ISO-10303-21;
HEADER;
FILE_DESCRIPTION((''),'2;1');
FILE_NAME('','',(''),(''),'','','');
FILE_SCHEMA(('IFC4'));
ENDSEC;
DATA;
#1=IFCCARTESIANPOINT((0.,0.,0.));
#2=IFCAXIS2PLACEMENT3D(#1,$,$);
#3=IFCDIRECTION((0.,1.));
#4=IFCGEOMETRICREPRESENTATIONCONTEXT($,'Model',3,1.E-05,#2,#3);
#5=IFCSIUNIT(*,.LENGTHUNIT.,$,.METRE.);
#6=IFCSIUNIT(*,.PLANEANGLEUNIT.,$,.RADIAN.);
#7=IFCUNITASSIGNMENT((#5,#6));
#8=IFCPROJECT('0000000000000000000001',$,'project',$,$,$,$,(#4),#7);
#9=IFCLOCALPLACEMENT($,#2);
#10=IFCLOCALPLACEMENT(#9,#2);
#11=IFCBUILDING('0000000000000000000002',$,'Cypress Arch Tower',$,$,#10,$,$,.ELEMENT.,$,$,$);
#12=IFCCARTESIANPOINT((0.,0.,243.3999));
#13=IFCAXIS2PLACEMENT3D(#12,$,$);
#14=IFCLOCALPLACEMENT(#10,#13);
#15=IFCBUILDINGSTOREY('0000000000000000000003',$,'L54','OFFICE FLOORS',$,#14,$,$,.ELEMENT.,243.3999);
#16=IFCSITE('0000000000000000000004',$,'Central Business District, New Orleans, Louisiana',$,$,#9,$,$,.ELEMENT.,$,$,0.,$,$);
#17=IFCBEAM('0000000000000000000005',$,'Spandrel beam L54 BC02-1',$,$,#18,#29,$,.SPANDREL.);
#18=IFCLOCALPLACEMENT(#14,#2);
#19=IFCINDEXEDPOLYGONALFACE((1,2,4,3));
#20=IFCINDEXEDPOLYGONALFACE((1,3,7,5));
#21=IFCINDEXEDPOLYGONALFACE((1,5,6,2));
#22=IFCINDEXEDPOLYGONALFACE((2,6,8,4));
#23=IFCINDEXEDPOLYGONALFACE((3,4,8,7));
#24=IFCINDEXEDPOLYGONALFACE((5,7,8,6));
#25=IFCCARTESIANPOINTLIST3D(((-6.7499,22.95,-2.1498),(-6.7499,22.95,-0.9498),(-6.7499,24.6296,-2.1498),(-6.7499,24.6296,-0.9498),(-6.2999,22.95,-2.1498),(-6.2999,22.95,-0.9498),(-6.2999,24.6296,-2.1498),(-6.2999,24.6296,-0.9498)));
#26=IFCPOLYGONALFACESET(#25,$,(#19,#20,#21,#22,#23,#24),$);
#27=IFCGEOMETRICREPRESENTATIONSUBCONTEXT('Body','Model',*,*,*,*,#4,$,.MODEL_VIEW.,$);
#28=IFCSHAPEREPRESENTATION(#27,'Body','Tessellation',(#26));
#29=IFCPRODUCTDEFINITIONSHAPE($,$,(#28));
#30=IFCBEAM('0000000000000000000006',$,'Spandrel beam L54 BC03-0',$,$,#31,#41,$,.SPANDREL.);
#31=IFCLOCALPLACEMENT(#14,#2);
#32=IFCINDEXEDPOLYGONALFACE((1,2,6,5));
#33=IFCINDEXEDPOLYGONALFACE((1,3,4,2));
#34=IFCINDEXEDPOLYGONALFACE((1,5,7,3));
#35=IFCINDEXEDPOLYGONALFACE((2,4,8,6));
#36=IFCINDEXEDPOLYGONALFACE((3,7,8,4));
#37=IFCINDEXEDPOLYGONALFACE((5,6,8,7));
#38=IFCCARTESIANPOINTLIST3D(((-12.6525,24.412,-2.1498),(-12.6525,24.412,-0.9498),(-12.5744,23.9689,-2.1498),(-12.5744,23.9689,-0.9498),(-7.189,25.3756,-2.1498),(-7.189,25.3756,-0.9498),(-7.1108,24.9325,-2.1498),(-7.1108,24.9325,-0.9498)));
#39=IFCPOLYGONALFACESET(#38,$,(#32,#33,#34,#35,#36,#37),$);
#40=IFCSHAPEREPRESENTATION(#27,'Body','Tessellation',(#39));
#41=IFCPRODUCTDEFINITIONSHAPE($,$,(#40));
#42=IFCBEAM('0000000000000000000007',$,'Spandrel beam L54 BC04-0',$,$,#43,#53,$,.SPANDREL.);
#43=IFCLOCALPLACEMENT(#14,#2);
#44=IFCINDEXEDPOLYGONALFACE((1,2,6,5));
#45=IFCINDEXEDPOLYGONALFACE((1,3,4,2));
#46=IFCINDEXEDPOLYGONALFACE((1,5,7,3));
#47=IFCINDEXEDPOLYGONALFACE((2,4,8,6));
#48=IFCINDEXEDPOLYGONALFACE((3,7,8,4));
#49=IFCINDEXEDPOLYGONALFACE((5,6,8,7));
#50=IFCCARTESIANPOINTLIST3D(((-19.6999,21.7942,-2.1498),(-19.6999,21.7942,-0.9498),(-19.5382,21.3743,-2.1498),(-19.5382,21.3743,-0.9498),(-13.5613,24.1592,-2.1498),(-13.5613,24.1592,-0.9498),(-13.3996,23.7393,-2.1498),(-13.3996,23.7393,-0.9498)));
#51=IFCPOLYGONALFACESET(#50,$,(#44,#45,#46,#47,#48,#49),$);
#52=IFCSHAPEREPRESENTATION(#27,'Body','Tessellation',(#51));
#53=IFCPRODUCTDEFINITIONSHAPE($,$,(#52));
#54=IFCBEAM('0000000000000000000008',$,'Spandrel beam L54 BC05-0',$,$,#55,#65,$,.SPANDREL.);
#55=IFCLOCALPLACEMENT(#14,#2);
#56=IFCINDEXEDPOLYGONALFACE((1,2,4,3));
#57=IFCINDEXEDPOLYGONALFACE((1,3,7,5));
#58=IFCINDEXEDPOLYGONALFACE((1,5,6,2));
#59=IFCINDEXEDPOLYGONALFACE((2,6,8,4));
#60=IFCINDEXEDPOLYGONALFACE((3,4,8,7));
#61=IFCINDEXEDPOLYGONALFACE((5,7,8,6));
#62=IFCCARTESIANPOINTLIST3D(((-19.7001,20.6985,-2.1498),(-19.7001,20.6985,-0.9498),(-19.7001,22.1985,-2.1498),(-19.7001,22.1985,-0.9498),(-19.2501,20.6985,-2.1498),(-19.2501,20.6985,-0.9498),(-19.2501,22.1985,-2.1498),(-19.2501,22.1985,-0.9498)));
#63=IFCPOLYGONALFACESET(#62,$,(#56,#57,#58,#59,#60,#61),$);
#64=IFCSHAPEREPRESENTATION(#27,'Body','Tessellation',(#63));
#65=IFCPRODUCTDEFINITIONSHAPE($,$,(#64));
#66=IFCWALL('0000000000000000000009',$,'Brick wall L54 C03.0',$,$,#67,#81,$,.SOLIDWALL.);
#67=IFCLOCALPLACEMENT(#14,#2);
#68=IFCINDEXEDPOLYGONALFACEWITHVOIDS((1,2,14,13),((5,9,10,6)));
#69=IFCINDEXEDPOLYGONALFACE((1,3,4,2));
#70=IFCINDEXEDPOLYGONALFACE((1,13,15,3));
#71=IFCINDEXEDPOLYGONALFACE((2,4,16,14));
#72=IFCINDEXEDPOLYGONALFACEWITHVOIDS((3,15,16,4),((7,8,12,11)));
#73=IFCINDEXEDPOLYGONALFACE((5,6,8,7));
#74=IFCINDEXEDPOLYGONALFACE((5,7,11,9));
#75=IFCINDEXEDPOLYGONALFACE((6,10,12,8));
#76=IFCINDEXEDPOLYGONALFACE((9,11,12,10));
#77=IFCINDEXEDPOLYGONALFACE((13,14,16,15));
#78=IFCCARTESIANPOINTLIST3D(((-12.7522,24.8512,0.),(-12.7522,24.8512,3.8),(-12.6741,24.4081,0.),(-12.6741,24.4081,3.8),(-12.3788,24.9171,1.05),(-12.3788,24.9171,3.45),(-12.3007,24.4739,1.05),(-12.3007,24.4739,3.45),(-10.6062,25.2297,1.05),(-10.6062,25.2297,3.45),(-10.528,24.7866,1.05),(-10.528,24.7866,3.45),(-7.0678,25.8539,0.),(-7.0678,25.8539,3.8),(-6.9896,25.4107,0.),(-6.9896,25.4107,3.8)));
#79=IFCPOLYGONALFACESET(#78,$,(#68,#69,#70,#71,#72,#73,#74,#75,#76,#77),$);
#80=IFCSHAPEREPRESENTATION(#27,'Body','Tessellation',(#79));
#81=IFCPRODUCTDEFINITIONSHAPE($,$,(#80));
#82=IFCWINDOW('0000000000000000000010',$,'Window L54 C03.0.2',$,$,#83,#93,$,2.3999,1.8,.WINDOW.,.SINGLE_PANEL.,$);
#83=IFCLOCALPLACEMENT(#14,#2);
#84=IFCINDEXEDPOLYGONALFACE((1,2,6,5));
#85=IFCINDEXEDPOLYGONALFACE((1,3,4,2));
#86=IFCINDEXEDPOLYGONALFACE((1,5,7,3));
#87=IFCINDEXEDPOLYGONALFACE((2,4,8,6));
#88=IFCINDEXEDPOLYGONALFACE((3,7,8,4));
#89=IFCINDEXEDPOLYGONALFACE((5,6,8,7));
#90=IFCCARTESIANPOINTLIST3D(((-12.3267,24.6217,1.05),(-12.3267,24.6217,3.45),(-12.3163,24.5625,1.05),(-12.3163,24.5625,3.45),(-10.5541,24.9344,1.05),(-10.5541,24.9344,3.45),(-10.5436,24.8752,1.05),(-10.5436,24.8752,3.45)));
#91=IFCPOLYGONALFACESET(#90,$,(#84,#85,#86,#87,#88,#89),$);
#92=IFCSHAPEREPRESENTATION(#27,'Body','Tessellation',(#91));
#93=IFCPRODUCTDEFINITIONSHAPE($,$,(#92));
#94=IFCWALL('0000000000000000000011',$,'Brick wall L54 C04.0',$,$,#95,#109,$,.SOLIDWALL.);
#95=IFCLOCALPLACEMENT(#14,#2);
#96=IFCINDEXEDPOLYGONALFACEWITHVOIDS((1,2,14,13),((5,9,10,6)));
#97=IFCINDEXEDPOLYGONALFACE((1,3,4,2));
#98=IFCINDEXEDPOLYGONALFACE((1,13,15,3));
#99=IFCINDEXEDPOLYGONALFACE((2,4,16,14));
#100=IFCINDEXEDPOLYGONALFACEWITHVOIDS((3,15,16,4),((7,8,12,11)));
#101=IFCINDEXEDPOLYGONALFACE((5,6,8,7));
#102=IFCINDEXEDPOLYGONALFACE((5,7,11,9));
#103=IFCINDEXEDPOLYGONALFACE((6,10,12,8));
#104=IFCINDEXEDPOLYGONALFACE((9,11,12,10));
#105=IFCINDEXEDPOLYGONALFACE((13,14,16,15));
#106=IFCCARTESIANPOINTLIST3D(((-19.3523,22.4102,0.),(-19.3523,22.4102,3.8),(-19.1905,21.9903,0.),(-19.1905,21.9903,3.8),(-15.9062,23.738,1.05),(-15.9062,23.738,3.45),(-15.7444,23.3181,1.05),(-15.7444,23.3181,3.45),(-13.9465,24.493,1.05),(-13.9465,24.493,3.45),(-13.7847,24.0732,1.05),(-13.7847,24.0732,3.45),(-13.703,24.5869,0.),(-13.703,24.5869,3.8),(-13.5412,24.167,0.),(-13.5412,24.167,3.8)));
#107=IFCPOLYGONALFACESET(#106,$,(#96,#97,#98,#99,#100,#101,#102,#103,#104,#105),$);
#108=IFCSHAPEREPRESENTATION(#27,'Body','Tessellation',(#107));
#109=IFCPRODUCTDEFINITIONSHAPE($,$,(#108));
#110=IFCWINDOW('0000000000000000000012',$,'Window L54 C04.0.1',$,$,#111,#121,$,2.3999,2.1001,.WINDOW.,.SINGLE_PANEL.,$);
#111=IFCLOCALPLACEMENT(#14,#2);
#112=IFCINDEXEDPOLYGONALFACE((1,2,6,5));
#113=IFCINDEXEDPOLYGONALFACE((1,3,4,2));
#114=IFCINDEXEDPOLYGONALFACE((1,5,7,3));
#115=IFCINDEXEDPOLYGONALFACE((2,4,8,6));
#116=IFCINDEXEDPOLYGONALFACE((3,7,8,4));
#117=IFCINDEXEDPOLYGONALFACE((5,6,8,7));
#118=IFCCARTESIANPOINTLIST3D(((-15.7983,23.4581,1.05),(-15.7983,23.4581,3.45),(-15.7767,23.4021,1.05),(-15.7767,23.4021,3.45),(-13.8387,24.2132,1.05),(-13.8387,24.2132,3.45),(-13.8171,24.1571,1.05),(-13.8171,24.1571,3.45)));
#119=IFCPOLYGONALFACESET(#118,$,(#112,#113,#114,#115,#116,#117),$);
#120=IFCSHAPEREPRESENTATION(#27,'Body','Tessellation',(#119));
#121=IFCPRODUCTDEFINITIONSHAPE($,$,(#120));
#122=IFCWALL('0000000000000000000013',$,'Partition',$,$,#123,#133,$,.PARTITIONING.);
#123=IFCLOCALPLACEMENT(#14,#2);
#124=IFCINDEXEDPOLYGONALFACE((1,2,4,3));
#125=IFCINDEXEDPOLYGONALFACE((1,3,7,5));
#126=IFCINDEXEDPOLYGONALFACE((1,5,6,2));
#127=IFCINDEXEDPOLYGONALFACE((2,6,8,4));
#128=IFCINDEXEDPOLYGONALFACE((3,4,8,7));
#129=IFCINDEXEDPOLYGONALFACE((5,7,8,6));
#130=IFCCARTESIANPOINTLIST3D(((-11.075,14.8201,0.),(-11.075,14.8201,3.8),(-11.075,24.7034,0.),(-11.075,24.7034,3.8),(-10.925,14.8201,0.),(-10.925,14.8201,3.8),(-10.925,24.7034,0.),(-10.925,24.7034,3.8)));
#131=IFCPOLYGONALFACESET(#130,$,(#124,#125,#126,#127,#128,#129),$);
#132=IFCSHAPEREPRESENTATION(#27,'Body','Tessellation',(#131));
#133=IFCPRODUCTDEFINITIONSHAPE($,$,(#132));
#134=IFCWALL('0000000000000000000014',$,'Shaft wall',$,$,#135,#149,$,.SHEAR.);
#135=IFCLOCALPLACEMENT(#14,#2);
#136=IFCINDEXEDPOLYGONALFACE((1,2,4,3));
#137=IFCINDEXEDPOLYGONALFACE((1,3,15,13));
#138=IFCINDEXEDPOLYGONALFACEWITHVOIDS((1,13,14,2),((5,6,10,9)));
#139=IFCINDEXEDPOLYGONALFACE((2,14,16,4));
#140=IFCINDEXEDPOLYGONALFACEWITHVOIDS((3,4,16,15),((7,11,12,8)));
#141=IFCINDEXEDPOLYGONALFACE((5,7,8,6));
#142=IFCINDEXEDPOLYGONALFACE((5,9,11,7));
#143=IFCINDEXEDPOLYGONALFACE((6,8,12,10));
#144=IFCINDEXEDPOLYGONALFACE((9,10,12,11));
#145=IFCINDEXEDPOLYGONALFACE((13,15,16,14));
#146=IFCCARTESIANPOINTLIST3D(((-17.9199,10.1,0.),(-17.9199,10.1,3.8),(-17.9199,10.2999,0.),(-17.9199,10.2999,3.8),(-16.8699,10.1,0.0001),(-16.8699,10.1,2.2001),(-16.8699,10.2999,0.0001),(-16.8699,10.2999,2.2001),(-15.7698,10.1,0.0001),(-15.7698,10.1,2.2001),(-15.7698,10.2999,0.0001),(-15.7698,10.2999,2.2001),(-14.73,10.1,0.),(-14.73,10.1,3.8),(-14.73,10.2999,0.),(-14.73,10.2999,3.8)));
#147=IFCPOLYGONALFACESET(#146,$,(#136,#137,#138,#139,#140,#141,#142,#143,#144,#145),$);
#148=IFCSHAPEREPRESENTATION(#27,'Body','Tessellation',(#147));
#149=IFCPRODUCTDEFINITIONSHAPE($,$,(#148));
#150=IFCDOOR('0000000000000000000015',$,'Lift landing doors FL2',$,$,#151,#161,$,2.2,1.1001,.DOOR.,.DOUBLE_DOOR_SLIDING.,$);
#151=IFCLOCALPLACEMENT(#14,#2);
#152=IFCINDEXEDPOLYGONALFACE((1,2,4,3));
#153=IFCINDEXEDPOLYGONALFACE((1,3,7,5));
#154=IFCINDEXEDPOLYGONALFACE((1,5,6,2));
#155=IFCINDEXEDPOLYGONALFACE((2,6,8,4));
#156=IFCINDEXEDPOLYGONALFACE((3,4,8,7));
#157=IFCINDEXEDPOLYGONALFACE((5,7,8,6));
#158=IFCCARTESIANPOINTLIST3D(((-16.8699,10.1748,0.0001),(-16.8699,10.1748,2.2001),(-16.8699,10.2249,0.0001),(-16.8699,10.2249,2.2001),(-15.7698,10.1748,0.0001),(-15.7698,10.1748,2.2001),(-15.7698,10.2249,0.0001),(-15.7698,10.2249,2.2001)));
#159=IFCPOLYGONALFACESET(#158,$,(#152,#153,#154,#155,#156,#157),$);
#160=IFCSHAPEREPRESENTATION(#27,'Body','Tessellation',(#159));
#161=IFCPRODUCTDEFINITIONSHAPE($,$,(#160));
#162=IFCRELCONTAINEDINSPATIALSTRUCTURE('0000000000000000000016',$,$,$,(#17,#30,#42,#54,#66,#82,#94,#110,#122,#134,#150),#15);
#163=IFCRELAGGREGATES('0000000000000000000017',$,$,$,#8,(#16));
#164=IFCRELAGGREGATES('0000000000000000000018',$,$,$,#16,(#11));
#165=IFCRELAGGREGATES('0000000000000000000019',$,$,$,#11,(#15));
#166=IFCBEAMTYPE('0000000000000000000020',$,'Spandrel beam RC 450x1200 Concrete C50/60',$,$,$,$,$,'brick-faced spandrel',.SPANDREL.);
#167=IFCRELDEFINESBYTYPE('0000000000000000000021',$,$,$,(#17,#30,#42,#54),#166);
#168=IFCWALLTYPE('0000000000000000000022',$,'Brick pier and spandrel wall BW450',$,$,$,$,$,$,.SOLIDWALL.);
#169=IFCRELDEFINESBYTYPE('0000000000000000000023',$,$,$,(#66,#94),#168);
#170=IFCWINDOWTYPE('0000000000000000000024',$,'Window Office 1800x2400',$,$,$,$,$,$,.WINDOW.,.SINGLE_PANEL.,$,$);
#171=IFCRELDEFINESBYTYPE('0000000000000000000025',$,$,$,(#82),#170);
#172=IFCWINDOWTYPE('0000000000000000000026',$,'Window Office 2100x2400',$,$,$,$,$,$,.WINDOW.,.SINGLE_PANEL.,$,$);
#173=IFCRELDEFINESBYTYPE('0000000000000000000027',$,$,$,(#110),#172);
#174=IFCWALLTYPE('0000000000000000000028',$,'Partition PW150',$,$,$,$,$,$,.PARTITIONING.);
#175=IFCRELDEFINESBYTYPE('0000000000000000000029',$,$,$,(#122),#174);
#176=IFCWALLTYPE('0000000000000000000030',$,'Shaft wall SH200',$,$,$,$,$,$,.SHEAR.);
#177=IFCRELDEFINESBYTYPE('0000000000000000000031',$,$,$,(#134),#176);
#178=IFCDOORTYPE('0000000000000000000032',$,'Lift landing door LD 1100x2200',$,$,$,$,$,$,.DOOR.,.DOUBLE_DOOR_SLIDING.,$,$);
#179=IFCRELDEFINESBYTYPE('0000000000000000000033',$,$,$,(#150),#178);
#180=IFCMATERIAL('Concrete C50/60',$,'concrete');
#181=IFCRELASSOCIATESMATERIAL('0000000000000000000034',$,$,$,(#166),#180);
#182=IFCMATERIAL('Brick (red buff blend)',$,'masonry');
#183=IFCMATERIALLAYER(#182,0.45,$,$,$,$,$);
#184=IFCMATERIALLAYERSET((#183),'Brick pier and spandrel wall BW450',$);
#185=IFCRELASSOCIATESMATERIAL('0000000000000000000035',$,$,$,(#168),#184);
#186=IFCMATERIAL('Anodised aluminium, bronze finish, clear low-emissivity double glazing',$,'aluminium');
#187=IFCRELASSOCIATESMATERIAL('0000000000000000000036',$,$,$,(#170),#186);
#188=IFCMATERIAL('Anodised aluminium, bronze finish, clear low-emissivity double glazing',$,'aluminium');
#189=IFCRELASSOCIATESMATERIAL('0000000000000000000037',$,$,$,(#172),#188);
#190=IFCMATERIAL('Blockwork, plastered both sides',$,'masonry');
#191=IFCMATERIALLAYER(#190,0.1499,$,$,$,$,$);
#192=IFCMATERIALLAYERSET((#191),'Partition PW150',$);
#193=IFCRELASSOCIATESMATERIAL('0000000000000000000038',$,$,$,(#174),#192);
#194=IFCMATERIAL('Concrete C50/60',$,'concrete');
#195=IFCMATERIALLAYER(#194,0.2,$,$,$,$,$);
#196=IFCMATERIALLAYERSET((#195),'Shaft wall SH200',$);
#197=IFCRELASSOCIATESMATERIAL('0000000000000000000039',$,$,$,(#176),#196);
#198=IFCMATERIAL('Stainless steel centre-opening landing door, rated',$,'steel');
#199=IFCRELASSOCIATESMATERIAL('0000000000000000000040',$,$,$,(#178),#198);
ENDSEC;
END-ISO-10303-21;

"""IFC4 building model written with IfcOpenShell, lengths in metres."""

from ifc_helpers import new_model, si_unit, direction, frame, frame_2d, origin, origin_2d, place, context, subcontext, project, spatial, rectangle, extrude, material, layer, layer_set, material_profile, profile_set, type_object, element, fill, save


model = new_model("IFC4")

# Units and contexts
model_context = context("Model", 3, precision=1e-05, world=origin(), true_north=direction((0.0, 1.0)))
body_context = subcontext(model_context, "Body", "Model", "MODEL_VIEW")
ifc_project = project(units=[si_unit("LENGTHUNIT", "METRE"), si_unit("PLANEANGLEUNIT", "RADIAN")], contexts=[model_context])

# Site, building, storey
site_placement = place(None, origin())
site = spatial("IfcSite", under=ifc_project, at=site_placement, Name="Central Business District, New Orleans, Louisiana", CompositionType="ELEMENT", RefElevation=0.0)
building_placement = place(site_placement, origin())
building = spatial("IfcBuilding", under=site, at=building_placement, Name="Cypress Arch Tower", CompositionType="ELEMENT")
storey_placement = place(building_placement, frame((0.0, 0.0, 243.3999)))
storey = spatial("IfcBuildingStorey", under=building, at=storey_placement, Name="L54", Description="OFFICE FLOORS", CompositionType="ELEMENT", Elevation=243.3999)

# Beams
ifc_material_1 = material(Name="Concrete C50/60", Category="concrete")
ifc_material_profile_1 = material_profile(ifc_material_1, rectangle(XDim=0.45, YDim=1.2, at=origin_2d()), Name="RC 450x1200")
ifc_profile_set_1 = profile_set([ifc_material_profile_1], Name="Concrete C50/60")
beam_type_1 = type_object("IfcBeamType", Name="Spandrel beam RC 450x1200 Concrete C50/60", ElementType="brick-faced spandrel", PredefinedType="SPANDREL", material=ifc_profile_set_1)
beam_1_placement = place(storey_placement, frame((-6.5249, 22.95, -1.5498), z_axis=(0.0, 1.0, 0.0), x_axis=(-1.0, 0.0, 0.0)))
element("IfcBeam", 1, at=beam_1_placement, inside=storey, type_object=beam_type_1, Name="Spandrel beam L54 BC02-1", PredefinedType="SPANDREL", context=body_context, shape_type="SweptSolid", body=[
    extrude(rectangle(XDim=0.45, YDim=1.2, at=origin_2d()), origin(), (0.0, 0.0, 1.0), 1.6797),
])
beam_2_placement = place(storey_placement, frame((-7.1499, 25.1541, -1.5498), z_axis=(-0.9848, -0.17369, 0.0), x_axis=(0.17369, -0.9848, 0.0)))
element("IfcBeam", 2, at=beam_2_placement, inside=storey, type_object=beam_type_1, Name="Spandrel beam L54 BC03-0", PredefinedType="SPANDREL", context=body_context, shape_type="SweptSolid", body=[
    extrude(rectangle(XDim=0.45, YDim=1.2, at=origin_2d()), origin(), (0.0, 0.0, 1.0), 5.5479),
])
beam_3_placement = place(storey_placement, frame((-13.4805, 23.9492, -1.5498), z_axis=(-0.933144, -0.359504, 0.0), x_axis=(0.359504, -0.933144, 0.0)))
element("IfcBeam", 3, at=beam_3_placement, inside=storey, type_object=beam_type_1, Name="Spandrel beam L54 BC04-0", PredefinedType="SPANDREL", context=body_context, shape_type="SweptSolid", body=[
    extrude(rectangle(XDim=0.45, YDim=1.2, at=origin_2d()), origin(), (0.0, 0.0, 1.0), 6.5784),
])
beam_4_placement = place(storey_placement, frame((-19.4751, 22.1985, -1.5498), z_axis=(0.0, -1.0, 0.0), x_axis=(1.0, 0.0, 0.0)))
element("IfcBeam", 4, at=beam_4_placement, inside=storey, type_object=beam_type_1, Name="Spandrel beam L54 BC05-0", PredefinedType="SPANDREL", context=body_context, shape_type="SweptSolid", body=[
    extrude(rectangle(XDim=0.45, YDim=1.2, at=origin_2d()), origin(), (0.0, 0.0, 1.0), 1.5),
])

# Walls, openings, windows
ifc_material_2 = material(Name="Brick (red buff blend)", Category="masonry")
ifc_layer_1 = layer(ifc_material_2, 0.45)
ifc_layer_set_1 = layer_set([ifc_layer_1], Name="Brick pier and spandrel wall BW450")
wall_type_1 = type_object("IfcWallType", Name="Brick pier and spandrel wall BW450", PredefinedType="SOLIDWALL", material=ifc_layer_set_1)
wall_1_placement = place(storey_placement, frame((-7.0286, 25.6323, 0.0), z_axis=(0.0, 0.0, 1.0), x_axis=(-0.984798, -0.173706, 0.0)))
wall_1 = element("IfcWall", 5, at=wall_1_placement, inside=storey, type_object=wall_type_1, Name="Brick wall L54 C03.0", PredefinedType="SOLIDWALL", context=body_context, shape_type="SweptSolid", body=[
    extrude(rectangle(XDim=5.7722, YDim=0.45, at=frame_2d((2.8862, 0.0))), origin(), (0.0, 0.0, 1.0), 3.8),
])
opening_1_placement = place(wall_1_placement, frame((3.5933, 0.0, 1.05)))
opening_1 = element("IfcOpeningElement", 6, at=opening_1_placement, cuts=wall_1, PredefinedType="OPENING", context=body_context, shape_type="SweptSolid", body=[
    extrude(rectangle(XDim=1.8, YDim=2.3999, at=frame_2d((0.8999, 1.2))), frame((0.0, 0.2349, 0.0), z_axis=(0.0, -1.0, 0.0), x_axis=(1.0, 0.0, 0.0)), (0.0, 0.0, 1.0), 0.47),
])
ifc_material_3 = material(Name="Anodised aluminium, bronze finish, clear low-emissivity double glazing", Category="aluminium")
window_type_1 = type_object("IfcWindowType", Name="Window Office 1800x2400", PartitioningType="SINGLE_PANEL", PredefinedType="WINDOW", material=ifc_material_3)
window_1_placement = place(opening_1_placement, origin())
window_1 = element("IfcWindow", 7, at=window_1_placement, inside=storey, type_object=window_type_1, Name="Window L54 C03.0.2", OverallHeight=2.3999, OverallWidth=1.8, PartitioningType="SINGLE_PANEL", PredefinedType="WINDOW", context=body_context, shape_type="SweptSolid", body=[
    extrude(rectangle(XDim=1.8, YDim=2.3999, at=frame_2d((0.8999, 1.2))), frame((0.0, 0.135, 0.0), z_axis=(0.0, -1.0, 0.0), x_axis=(1.0, 0.0, 0.0)), (0.0, 0.0, 1.0), 0.0601),
])
fill(opening_1, window_1)
wall_2_placement = place(storey_placement, frame((-13.6221, 24.377, 0.0), z_axis=(0.0, 0.0, 1.0), x_axis=(-0.933129, -0.359541, 0.0)))
wall_2 = element("IfcWall", 8, at=wall_2_placement, inside=storey, type_object=wall_type_1, Name="Brick wall L54 C04.0", PredefinedType="SOLIDWALL", context=body_context, shape_type="SweptSolid", body=[
    extrude(rectangle(XDim=6.0542, YDim=0.45, at=frame_2d((3.0271, 0.0))), origin(), (0.0, 0.0, 1.0), 3.8),
])
opening_2_placement = place(wall_2_placement, frame((0.261, 0.0, 1.05)))
opening_2 = element("IfcOpeningElement", 9, at=opening_2_placement, cuts=wall_2, PredefinedType="OPENING", context=body_context, shape_type="SweptSolid", body=[
    extrude(rectangle(XDim=2.1001, YDim=2.3999, at=frame_2d((1.05, 1.2))), frame((0.0, 0.2349, 0.0), z_axis=(0.0, -1.0, 0.0), x_axis=(1.0, 0.0, 0.0)), (0.0, 0.0, 1.0), 0.47),
])
ifc_material_4 = material(Name="Anodised aluminium, bronze finish, clear low-emissivity double glazing", Category="aluminium")
window_type_2 = type_object("IfcWindowType", Name="Window Office 2100x2400", PartitioningType="SINGLE_PANEL", PredefinedType="WINDOW", material=ifc_material_4)
window_2_placement = place(opening_2_placement, origin())
window_2 = element("IfcWindow", 10, at=window_2_placement, inside=storey, type_object=window_type_2, Name="Window L54 C04.0.1", OverallHeight=2.3999, OverallWidth=2.1001, PartitioningType="SINGLE_PANEL", PredefinedType="WINDOW", context=body_context, shape_type="SweptSolid", body=[
    extrude(rectangle(XDim=2.1001, YDim=2.3999, at=frame_2d((1.05, 1.2))), frame((0.0, 0.135, 0.0), z_axis=(0.0, -1.0, 0.0), x_axis=(1.0, 0.0, 0.0)), (0.0, 0.0, 1.0), 0.0601),
])
fill(opening_2, window_2)

# Wall
ifc_material_5 = material(Name="Blockwork, plastered both sides", Category="masonry")
ifc_layer_2 = layer(ifc_material_5, 0.1499)
ifc_layer_set_2 = layer_set([ifc_layer_2], Name="Partition PW150")
wall_type_2 = type_object("IfcWallType", Name="Partition PW150", PredefinedType="PARTITIONING", material=ifc_layer_set_2)
wall_3_placement = place(storey_placement, frame((-11.0, 14.8201, 0.0), z_axis=(0.0, 0.0, 1.0), x_axis=(0.0, 1.0, 0.0)))
element("IfcWall", 11, at=wall_3_placement, inside=storey, type_object=wall_type_2, Name="Partition", PredefinedType="PARTITIONING", context=body_context, shape_type="SweptSolid", body=[
    extrude(rectangle(XDim=9.8833, YDim=0.1499, at=frame_2d((4.9417, 0.0))), origin(), (0.0, 0.0, 1.0), 3.8),
])

# Wall, opening, door
ifc_material_6 = material(Name="Concrete C50/60", Category="concrete")
ifc_layer_3 = layer(ifc_material_6, 0.2)
ifc_layer_set_3 = layer_set([ifc_layer_3], Name="Shaft wall SH200")
wall_type_3 = type_object("IfcWallType", Name="Shaft wall SH200", PredefinedType="SHEAR", material=ifc_layer_set_3)
wall_4_placement = place(storey_placement, frame((-17.9199, 10.2, 0.0), z_axis=(0.0, 0.0, 1.0), x_axis=(1.0, 0.0, 0.0)))
wall_4 = element("IfcWall", 12, at=wall_4_placement, inside=storey, type_object=wall_type_3, Name="Shaft wall", PredefinedType="SHEAR", context=body_context, shape_type="SweptSolid", body=[
    extrude(rectangle(XDim=3.1899, YDim=0.2, at=frame_2d((1.595, 0.0))), origin(), (0.0, 0.0, 1.0), 3.8),
])
opening_3_placement = place(wall_4_placement, frame((1.05, 0.0, 0.0)))
opening_3 = element("IfcOpeningElement", 13, at=opening_3_placement, cuts=wall_4, PredefinedType="OPENING", context=body_context, shape_type="SweptSolid", body=[
    extrude(rectangle(XDim=1.1001, YDim=2.2, at=frame_2d((0.55, 1.1001))), frame((0.0, 0.1099, 0.0), z_axis=(0.0, -1.0, 0.0), x_axis=(1.0, 0.0, 0.0)), (0.0, 0.0, 1.0), 0.22),
])
ifc_material_7 = material(Name="Stainless steel centre-opening landing door, rated", Category="steel")
door_type_1 = type_object("IfcDoorType", Name="Lift landing door LD 1100x2200", OperationType="DOUBLE_DOOR_SLIDING", PredefinedType="DOOR", material=ifc_material_7)
door_1_placement = place(opening_3_placement, origin())
door_1 = element("IfcDoor", 14, at=door_1_placement, inside=storey, type_object=door_type_1, Name="Lift landing doors FL2", OperationType="DOUBLE_DOOR_SLIDING", OverallHeight=2.2, OverallWidth=1.1001, PredefinedType="DOOR", context=body_context, shape_type="SweptSolid", body=[
    extrude(rectangle(XDim=1.1001, YDim=2.2, at=frame_2d((0.55, 1.1001))), frame((0.0, 0.0249, 0.0), z_axis=(0.0, -1.0, 0.0), x_axis=(1.0, 0.0, 0.0)), (0.0, 0.0, 1.0), 0.05),
])
fill(opening_3, door_1)

save(model, "model.ifc")
